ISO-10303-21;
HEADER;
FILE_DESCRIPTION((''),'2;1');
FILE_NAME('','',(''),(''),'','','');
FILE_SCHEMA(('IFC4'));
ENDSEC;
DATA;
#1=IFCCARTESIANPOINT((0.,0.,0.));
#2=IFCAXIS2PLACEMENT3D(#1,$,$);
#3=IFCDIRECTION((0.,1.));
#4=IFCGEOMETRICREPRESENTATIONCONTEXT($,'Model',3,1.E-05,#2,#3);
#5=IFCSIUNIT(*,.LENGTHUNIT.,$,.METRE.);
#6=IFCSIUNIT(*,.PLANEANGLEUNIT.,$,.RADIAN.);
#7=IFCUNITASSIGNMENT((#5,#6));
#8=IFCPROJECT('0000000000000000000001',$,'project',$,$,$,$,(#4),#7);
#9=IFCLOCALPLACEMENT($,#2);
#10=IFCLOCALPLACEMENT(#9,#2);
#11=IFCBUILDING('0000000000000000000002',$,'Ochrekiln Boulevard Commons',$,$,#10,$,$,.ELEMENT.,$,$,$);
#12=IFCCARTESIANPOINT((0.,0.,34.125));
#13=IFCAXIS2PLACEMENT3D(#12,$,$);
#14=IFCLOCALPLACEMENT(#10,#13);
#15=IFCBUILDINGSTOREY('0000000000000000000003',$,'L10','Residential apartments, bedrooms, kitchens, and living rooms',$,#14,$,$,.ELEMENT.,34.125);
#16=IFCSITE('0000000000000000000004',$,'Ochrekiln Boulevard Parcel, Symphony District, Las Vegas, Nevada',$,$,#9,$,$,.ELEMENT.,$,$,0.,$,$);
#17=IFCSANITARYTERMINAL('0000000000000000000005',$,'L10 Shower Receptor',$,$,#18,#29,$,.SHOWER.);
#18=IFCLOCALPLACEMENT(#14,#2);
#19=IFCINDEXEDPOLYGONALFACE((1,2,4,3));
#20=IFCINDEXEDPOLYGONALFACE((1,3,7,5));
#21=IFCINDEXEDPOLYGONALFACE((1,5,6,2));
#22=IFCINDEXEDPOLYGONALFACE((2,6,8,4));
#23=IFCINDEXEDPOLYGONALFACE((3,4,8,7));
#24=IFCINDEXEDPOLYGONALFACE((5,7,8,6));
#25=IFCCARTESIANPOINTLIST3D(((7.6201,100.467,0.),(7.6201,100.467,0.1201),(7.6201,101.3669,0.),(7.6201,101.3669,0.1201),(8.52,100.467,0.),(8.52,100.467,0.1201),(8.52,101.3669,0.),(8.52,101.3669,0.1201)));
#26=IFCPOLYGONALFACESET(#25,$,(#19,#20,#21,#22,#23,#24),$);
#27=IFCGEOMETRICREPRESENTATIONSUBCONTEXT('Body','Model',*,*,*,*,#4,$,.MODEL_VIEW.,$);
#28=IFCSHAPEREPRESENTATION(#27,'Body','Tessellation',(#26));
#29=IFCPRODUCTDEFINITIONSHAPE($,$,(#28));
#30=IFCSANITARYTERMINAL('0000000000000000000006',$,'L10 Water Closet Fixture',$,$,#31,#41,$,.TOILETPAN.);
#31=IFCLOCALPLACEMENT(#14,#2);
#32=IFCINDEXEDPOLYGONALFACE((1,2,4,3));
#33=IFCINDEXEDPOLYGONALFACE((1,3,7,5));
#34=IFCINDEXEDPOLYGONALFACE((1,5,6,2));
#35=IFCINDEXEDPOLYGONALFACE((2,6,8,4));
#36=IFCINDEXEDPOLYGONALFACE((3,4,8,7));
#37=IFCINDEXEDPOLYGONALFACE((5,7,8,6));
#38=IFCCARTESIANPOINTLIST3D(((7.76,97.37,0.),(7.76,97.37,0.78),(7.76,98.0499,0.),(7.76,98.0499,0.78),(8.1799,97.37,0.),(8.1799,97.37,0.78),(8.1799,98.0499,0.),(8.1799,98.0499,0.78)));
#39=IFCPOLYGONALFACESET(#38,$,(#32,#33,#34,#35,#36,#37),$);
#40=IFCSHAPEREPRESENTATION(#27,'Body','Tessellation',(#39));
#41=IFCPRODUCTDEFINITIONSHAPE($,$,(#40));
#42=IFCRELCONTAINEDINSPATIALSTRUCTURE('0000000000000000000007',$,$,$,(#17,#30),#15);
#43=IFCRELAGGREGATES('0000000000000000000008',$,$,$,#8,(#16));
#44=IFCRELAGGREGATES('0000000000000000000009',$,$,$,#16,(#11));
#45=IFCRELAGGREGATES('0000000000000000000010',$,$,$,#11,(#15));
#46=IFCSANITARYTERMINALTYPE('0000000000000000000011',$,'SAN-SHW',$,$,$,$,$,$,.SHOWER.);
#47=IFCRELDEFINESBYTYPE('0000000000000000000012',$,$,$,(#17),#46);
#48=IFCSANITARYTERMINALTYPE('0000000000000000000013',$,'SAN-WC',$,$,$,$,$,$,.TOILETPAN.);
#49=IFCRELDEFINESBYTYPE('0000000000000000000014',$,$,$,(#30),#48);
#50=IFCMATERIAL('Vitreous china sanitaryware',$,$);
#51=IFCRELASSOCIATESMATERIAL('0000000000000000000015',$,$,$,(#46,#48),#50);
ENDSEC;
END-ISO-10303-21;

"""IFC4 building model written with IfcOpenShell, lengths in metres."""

from ifc_helpers import new_model, si_unit, direction, frame, origin, origin_2d, place, context, subcontext, project, spatial, rectangle, extrude, material, type_object, element, save


model = new_model("IFC4")

# Units and contexts
model_context = context("Model", 3, precision=1e-05, world=origin(), true_north=direction((0.0, 1.0)))
body_context = subcontext(model_context, "Body", "Model", "MODEL_VIEW")
ifc_project = project(units=[si_unit("LENGTHUNIT", "METRE"), si_unit("PLANEANGLEUNIT", "RADIAN")], contexts=[model_context])

# Site, building, storey
site_placement = place(None, origin())
site = spatial("IfcSite", under=ifc_project, at=site_placement, Name="Ochrekiln Boulevard Parcel, Symphony District, Las Vegas, Nevada", CompositionType="ELEMENT", RefElevation=0.0)
building_placement = place(site_placement, origin())
building = spatial("IfcBuilding", under=site, at=building_placement, Name="Ochrekiln Boulevard Commons", CompositionType="ELEMENT")
storey_placement = place(building_placement, frame((0.0, 0.0, 34.125)))
storey = spatial("IfcBuildingStorey", under=building, at=storey_placement, Name="L10", Description="Residential apartments, bedrooms, kitchens, and living rooms", CompositionType="ELEMENT", Elevation=34.125)

# Sanitary terminals
ifc_material_1 = material(Name="Vitreous china sanitaryware")
sanitary_terminal_type_1 = type_object("IfcSanitaryTerminalType", Name="SAN-SHW", PredefinedType="SHOWER", material=ifc_material_1)
sanitary_terminal_1_placement = place(storey_placement, frame((8.0701, 100.917, 0.0), z_axis=(0.0, 0.0, 1.0), x_axis=(1.0, 0.0, 0.0)))
element("IfcSanitaryTerminal", 1, at=sanitary_terminal_1_placement, inside=storey, type_object=sanitary_terminal_type_1, Name="L10 Shower Receptor", PredefinedType="SHOWER", context=body_context, shape_type="SweptSolid", body=[
    extrude(rectangle(XDim=0.8999, YDim=0.8999, at=origin_2d()), origin(), (0.0, 0.0, 1.0), 0.1201),
])
sanitary_terminal_type_2 = type_object("IfcSanitaryTerminalType", Name="SAN-WC", PredefinedType="TOILETPAN", material=ifc_material_1)
sanitary_terminal_2_placement = place(storey_placement, frame((7.97, 97.71, 0.0), z_axis=(0.0, 0.0, 1.0), x_axis=(1.0, 0.0, 0.0)))
element("IfcSanitaryTerminal", 2, at=sanitary_terminal_2_placement, inside=storey, type_object=sanitary_terminal_type_2, Name="L10 Water Closet Fixture", PredefinedType="TOILETPAN", context=body_context, shape_type="SweptSolid", body=[
    extrude(rectangle(XDim=0.4199, YDim=0.6799, at=origin_2d()), origin(), (0.0, 0.0, 1.0), 0.78),
])

save(model, "model.ifc")
